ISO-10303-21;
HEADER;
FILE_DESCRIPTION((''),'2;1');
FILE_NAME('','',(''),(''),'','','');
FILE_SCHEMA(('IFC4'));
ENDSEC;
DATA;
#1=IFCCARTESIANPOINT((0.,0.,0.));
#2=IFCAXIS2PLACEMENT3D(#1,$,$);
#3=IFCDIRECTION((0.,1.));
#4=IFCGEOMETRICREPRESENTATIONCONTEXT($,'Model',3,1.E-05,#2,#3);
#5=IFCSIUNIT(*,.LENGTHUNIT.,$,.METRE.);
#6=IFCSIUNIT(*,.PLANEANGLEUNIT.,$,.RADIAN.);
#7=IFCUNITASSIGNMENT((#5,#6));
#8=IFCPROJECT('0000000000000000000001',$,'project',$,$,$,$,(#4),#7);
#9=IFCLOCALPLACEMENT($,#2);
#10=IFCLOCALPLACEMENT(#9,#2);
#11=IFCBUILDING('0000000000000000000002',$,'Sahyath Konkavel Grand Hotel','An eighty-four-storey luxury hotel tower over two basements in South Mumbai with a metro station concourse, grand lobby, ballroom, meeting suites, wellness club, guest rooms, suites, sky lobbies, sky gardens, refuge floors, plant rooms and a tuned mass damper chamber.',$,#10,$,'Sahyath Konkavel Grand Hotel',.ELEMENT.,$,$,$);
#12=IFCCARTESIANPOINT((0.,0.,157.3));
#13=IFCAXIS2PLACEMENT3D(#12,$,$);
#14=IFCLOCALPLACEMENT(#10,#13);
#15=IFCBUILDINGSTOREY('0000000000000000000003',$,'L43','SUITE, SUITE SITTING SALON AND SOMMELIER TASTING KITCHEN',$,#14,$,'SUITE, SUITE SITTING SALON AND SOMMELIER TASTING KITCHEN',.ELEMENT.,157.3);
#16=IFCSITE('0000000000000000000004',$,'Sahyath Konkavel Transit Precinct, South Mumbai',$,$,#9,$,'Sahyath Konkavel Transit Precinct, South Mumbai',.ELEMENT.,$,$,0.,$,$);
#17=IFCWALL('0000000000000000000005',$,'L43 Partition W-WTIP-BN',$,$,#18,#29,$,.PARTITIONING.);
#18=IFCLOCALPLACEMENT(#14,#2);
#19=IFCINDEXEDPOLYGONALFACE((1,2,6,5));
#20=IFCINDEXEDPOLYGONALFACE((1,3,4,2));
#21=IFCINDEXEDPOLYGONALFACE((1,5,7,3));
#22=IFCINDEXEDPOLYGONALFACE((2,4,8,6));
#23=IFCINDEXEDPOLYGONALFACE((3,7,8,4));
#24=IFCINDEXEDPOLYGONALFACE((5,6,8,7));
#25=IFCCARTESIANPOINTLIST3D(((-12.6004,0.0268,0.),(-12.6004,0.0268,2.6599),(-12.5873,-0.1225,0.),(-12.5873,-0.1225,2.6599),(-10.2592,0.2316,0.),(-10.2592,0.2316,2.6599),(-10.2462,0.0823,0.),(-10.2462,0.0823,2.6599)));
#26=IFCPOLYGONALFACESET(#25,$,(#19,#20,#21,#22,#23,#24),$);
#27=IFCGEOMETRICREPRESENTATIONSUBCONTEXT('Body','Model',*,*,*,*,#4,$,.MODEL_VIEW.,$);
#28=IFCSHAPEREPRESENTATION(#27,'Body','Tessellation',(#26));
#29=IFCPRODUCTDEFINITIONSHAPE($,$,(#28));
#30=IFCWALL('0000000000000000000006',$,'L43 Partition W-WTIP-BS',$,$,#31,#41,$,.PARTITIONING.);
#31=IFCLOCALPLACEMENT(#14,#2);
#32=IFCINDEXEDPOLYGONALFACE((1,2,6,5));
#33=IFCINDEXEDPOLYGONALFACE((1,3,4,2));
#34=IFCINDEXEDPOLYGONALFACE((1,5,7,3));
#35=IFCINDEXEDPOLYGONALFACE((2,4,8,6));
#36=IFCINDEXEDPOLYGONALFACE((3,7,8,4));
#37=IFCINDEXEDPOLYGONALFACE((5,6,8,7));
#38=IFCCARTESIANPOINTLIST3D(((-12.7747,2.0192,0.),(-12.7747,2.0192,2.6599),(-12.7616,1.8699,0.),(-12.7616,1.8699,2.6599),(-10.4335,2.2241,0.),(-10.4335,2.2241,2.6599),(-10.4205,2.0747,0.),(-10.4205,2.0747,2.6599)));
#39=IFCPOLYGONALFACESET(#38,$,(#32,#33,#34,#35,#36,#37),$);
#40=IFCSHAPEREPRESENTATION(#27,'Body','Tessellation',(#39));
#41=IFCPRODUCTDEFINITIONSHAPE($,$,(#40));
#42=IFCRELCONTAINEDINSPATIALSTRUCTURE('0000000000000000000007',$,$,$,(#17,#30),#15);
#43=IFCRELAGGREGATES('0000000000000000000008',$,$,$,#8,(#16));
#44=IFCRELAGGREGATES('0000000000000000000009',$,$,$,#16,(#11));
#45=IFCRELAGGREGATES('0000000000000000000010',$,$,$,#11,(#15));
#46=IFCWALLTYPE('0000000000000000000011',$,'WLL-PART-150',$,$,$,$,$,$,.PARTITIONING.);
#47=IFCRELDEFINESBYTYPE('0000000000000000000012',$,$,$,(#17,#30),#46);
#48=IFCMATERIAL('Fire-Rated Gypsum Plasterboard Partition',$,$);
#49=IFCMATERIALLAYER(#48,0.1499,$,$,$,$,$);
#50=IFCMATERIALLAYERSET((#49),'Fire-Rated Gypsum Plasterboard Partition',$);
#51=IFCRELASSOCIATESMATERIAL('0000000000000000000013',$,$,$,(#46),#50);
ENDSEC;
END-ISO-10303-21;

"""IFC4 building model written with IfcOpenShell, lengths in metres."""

from ifc_helpers import new_model, si_unit, direction, frame, frame_2d, origin, place, context, subcontext, project, spatial, rectangle, extrude, material, layer, layer_set, type_object, element, save


model = new_model("IFC4")

# Units and contexts
model_context = context("Model", 3, precision=1e-05, world=origin(), true_north=direction((0.0, 1.0)))
body_context = subcontext(model_context, "Body", "Model", "MODEL_VIEW")
ifc_project = project(units=[si_unit("LENGTHUNIT", "METRE"), si_unit("PLANEANGLEUNIT", "RADIAN")], contexts=[model_context])

# Site, building, storey
site_placement = place(None, origin())
site = spatial("IfcSite", under=ifc_project, at=site_placement, Name="Sahyath Konkavel Transit Precinct, South Mumbai", LongName="Sahyath Konkavel Transit Precinct, South Mumbai", CompositionType="ELEMENT", RefElevation=0.0)
building_placement = place(site_placement, origin())
building = spatial("IfcBuilding", under=site, at=building_placement, Name="Sahyath Konkavel Grand Hotel", Description="An eighty-four-storey luxury hotel tower over two basements in South Mumbai with a metro station concourse, grand lobby, ballroom, meeting suites, wellness club, guest rooms, suites, sky lobbies, sky gardens, refuge floors, plant rooms and a tuned mass damper chamber.", LongName="Sahyath Konkavel Grand Hotel", CompositionType="ELEMENT")
storey_placement = place(building_placement, frame((0.0, 0.0, 157.3)))
storey = spatial("IfcBuildingStorey", under=building, at=storey_placement, Name="L43", Description="SUITE, SUITE SITTING SALON AND SOMMELIER TASTING KITCHEN", LongName="SUITE, SUITE SITTING SALON AND SOMMELIER TASTING KITCHEN", CompositionType="ELEMENT", Elevation=157.3)

# Shared definitions
ifc_material_1 = material(Name="Fire-Rated Gypsum Plasterboard Partition")
ifc_layer_1 = layer(ifc_material_1, 0.1499)
ifc_layer_set_1 = layer_set([ifc_layer_1], Name="Fire-Rated Gypsum Plasterboard Partition")
wall_type_1 = type_object("IfcWallType", Name="WLL-PART-150", PredefinedType="PARTITIONING", material=ifc_layer_set_1)

# Walls
for number, where, z_axis, x_axis, name in (
    (1, (-10.2527, 0.157, 0.0), (0.0, 0.0, 1.0), (-0.996194, -0.087163, 0.0), "L43 Partition W-WTIP-BN"),
    (2, (-10.427, 2.1494, 0.0), (0.0, 0.0, 1.0), (-0.996194, -0.087163, 0.0), "L43 Partition W-WTIP-BS"),
):
    element("IfcWall", number, at=place(storey_placement, frame(where, z_axis=z_axis, x_axis=x_axis)), inside=storey, type_object=wall_type_1, Name=name, PredefinedType="PARTITIONING", context=body_context, shape_type="SweptSolid", body=[
        extrude(rectangle(XDim=2.3501, YDim=0.1499, at=frame_2d((1.175, 0.0))), origin(), (0.0, 0.0, 1.0), 2.6599),
    ])

save(model, "model.ifc")
